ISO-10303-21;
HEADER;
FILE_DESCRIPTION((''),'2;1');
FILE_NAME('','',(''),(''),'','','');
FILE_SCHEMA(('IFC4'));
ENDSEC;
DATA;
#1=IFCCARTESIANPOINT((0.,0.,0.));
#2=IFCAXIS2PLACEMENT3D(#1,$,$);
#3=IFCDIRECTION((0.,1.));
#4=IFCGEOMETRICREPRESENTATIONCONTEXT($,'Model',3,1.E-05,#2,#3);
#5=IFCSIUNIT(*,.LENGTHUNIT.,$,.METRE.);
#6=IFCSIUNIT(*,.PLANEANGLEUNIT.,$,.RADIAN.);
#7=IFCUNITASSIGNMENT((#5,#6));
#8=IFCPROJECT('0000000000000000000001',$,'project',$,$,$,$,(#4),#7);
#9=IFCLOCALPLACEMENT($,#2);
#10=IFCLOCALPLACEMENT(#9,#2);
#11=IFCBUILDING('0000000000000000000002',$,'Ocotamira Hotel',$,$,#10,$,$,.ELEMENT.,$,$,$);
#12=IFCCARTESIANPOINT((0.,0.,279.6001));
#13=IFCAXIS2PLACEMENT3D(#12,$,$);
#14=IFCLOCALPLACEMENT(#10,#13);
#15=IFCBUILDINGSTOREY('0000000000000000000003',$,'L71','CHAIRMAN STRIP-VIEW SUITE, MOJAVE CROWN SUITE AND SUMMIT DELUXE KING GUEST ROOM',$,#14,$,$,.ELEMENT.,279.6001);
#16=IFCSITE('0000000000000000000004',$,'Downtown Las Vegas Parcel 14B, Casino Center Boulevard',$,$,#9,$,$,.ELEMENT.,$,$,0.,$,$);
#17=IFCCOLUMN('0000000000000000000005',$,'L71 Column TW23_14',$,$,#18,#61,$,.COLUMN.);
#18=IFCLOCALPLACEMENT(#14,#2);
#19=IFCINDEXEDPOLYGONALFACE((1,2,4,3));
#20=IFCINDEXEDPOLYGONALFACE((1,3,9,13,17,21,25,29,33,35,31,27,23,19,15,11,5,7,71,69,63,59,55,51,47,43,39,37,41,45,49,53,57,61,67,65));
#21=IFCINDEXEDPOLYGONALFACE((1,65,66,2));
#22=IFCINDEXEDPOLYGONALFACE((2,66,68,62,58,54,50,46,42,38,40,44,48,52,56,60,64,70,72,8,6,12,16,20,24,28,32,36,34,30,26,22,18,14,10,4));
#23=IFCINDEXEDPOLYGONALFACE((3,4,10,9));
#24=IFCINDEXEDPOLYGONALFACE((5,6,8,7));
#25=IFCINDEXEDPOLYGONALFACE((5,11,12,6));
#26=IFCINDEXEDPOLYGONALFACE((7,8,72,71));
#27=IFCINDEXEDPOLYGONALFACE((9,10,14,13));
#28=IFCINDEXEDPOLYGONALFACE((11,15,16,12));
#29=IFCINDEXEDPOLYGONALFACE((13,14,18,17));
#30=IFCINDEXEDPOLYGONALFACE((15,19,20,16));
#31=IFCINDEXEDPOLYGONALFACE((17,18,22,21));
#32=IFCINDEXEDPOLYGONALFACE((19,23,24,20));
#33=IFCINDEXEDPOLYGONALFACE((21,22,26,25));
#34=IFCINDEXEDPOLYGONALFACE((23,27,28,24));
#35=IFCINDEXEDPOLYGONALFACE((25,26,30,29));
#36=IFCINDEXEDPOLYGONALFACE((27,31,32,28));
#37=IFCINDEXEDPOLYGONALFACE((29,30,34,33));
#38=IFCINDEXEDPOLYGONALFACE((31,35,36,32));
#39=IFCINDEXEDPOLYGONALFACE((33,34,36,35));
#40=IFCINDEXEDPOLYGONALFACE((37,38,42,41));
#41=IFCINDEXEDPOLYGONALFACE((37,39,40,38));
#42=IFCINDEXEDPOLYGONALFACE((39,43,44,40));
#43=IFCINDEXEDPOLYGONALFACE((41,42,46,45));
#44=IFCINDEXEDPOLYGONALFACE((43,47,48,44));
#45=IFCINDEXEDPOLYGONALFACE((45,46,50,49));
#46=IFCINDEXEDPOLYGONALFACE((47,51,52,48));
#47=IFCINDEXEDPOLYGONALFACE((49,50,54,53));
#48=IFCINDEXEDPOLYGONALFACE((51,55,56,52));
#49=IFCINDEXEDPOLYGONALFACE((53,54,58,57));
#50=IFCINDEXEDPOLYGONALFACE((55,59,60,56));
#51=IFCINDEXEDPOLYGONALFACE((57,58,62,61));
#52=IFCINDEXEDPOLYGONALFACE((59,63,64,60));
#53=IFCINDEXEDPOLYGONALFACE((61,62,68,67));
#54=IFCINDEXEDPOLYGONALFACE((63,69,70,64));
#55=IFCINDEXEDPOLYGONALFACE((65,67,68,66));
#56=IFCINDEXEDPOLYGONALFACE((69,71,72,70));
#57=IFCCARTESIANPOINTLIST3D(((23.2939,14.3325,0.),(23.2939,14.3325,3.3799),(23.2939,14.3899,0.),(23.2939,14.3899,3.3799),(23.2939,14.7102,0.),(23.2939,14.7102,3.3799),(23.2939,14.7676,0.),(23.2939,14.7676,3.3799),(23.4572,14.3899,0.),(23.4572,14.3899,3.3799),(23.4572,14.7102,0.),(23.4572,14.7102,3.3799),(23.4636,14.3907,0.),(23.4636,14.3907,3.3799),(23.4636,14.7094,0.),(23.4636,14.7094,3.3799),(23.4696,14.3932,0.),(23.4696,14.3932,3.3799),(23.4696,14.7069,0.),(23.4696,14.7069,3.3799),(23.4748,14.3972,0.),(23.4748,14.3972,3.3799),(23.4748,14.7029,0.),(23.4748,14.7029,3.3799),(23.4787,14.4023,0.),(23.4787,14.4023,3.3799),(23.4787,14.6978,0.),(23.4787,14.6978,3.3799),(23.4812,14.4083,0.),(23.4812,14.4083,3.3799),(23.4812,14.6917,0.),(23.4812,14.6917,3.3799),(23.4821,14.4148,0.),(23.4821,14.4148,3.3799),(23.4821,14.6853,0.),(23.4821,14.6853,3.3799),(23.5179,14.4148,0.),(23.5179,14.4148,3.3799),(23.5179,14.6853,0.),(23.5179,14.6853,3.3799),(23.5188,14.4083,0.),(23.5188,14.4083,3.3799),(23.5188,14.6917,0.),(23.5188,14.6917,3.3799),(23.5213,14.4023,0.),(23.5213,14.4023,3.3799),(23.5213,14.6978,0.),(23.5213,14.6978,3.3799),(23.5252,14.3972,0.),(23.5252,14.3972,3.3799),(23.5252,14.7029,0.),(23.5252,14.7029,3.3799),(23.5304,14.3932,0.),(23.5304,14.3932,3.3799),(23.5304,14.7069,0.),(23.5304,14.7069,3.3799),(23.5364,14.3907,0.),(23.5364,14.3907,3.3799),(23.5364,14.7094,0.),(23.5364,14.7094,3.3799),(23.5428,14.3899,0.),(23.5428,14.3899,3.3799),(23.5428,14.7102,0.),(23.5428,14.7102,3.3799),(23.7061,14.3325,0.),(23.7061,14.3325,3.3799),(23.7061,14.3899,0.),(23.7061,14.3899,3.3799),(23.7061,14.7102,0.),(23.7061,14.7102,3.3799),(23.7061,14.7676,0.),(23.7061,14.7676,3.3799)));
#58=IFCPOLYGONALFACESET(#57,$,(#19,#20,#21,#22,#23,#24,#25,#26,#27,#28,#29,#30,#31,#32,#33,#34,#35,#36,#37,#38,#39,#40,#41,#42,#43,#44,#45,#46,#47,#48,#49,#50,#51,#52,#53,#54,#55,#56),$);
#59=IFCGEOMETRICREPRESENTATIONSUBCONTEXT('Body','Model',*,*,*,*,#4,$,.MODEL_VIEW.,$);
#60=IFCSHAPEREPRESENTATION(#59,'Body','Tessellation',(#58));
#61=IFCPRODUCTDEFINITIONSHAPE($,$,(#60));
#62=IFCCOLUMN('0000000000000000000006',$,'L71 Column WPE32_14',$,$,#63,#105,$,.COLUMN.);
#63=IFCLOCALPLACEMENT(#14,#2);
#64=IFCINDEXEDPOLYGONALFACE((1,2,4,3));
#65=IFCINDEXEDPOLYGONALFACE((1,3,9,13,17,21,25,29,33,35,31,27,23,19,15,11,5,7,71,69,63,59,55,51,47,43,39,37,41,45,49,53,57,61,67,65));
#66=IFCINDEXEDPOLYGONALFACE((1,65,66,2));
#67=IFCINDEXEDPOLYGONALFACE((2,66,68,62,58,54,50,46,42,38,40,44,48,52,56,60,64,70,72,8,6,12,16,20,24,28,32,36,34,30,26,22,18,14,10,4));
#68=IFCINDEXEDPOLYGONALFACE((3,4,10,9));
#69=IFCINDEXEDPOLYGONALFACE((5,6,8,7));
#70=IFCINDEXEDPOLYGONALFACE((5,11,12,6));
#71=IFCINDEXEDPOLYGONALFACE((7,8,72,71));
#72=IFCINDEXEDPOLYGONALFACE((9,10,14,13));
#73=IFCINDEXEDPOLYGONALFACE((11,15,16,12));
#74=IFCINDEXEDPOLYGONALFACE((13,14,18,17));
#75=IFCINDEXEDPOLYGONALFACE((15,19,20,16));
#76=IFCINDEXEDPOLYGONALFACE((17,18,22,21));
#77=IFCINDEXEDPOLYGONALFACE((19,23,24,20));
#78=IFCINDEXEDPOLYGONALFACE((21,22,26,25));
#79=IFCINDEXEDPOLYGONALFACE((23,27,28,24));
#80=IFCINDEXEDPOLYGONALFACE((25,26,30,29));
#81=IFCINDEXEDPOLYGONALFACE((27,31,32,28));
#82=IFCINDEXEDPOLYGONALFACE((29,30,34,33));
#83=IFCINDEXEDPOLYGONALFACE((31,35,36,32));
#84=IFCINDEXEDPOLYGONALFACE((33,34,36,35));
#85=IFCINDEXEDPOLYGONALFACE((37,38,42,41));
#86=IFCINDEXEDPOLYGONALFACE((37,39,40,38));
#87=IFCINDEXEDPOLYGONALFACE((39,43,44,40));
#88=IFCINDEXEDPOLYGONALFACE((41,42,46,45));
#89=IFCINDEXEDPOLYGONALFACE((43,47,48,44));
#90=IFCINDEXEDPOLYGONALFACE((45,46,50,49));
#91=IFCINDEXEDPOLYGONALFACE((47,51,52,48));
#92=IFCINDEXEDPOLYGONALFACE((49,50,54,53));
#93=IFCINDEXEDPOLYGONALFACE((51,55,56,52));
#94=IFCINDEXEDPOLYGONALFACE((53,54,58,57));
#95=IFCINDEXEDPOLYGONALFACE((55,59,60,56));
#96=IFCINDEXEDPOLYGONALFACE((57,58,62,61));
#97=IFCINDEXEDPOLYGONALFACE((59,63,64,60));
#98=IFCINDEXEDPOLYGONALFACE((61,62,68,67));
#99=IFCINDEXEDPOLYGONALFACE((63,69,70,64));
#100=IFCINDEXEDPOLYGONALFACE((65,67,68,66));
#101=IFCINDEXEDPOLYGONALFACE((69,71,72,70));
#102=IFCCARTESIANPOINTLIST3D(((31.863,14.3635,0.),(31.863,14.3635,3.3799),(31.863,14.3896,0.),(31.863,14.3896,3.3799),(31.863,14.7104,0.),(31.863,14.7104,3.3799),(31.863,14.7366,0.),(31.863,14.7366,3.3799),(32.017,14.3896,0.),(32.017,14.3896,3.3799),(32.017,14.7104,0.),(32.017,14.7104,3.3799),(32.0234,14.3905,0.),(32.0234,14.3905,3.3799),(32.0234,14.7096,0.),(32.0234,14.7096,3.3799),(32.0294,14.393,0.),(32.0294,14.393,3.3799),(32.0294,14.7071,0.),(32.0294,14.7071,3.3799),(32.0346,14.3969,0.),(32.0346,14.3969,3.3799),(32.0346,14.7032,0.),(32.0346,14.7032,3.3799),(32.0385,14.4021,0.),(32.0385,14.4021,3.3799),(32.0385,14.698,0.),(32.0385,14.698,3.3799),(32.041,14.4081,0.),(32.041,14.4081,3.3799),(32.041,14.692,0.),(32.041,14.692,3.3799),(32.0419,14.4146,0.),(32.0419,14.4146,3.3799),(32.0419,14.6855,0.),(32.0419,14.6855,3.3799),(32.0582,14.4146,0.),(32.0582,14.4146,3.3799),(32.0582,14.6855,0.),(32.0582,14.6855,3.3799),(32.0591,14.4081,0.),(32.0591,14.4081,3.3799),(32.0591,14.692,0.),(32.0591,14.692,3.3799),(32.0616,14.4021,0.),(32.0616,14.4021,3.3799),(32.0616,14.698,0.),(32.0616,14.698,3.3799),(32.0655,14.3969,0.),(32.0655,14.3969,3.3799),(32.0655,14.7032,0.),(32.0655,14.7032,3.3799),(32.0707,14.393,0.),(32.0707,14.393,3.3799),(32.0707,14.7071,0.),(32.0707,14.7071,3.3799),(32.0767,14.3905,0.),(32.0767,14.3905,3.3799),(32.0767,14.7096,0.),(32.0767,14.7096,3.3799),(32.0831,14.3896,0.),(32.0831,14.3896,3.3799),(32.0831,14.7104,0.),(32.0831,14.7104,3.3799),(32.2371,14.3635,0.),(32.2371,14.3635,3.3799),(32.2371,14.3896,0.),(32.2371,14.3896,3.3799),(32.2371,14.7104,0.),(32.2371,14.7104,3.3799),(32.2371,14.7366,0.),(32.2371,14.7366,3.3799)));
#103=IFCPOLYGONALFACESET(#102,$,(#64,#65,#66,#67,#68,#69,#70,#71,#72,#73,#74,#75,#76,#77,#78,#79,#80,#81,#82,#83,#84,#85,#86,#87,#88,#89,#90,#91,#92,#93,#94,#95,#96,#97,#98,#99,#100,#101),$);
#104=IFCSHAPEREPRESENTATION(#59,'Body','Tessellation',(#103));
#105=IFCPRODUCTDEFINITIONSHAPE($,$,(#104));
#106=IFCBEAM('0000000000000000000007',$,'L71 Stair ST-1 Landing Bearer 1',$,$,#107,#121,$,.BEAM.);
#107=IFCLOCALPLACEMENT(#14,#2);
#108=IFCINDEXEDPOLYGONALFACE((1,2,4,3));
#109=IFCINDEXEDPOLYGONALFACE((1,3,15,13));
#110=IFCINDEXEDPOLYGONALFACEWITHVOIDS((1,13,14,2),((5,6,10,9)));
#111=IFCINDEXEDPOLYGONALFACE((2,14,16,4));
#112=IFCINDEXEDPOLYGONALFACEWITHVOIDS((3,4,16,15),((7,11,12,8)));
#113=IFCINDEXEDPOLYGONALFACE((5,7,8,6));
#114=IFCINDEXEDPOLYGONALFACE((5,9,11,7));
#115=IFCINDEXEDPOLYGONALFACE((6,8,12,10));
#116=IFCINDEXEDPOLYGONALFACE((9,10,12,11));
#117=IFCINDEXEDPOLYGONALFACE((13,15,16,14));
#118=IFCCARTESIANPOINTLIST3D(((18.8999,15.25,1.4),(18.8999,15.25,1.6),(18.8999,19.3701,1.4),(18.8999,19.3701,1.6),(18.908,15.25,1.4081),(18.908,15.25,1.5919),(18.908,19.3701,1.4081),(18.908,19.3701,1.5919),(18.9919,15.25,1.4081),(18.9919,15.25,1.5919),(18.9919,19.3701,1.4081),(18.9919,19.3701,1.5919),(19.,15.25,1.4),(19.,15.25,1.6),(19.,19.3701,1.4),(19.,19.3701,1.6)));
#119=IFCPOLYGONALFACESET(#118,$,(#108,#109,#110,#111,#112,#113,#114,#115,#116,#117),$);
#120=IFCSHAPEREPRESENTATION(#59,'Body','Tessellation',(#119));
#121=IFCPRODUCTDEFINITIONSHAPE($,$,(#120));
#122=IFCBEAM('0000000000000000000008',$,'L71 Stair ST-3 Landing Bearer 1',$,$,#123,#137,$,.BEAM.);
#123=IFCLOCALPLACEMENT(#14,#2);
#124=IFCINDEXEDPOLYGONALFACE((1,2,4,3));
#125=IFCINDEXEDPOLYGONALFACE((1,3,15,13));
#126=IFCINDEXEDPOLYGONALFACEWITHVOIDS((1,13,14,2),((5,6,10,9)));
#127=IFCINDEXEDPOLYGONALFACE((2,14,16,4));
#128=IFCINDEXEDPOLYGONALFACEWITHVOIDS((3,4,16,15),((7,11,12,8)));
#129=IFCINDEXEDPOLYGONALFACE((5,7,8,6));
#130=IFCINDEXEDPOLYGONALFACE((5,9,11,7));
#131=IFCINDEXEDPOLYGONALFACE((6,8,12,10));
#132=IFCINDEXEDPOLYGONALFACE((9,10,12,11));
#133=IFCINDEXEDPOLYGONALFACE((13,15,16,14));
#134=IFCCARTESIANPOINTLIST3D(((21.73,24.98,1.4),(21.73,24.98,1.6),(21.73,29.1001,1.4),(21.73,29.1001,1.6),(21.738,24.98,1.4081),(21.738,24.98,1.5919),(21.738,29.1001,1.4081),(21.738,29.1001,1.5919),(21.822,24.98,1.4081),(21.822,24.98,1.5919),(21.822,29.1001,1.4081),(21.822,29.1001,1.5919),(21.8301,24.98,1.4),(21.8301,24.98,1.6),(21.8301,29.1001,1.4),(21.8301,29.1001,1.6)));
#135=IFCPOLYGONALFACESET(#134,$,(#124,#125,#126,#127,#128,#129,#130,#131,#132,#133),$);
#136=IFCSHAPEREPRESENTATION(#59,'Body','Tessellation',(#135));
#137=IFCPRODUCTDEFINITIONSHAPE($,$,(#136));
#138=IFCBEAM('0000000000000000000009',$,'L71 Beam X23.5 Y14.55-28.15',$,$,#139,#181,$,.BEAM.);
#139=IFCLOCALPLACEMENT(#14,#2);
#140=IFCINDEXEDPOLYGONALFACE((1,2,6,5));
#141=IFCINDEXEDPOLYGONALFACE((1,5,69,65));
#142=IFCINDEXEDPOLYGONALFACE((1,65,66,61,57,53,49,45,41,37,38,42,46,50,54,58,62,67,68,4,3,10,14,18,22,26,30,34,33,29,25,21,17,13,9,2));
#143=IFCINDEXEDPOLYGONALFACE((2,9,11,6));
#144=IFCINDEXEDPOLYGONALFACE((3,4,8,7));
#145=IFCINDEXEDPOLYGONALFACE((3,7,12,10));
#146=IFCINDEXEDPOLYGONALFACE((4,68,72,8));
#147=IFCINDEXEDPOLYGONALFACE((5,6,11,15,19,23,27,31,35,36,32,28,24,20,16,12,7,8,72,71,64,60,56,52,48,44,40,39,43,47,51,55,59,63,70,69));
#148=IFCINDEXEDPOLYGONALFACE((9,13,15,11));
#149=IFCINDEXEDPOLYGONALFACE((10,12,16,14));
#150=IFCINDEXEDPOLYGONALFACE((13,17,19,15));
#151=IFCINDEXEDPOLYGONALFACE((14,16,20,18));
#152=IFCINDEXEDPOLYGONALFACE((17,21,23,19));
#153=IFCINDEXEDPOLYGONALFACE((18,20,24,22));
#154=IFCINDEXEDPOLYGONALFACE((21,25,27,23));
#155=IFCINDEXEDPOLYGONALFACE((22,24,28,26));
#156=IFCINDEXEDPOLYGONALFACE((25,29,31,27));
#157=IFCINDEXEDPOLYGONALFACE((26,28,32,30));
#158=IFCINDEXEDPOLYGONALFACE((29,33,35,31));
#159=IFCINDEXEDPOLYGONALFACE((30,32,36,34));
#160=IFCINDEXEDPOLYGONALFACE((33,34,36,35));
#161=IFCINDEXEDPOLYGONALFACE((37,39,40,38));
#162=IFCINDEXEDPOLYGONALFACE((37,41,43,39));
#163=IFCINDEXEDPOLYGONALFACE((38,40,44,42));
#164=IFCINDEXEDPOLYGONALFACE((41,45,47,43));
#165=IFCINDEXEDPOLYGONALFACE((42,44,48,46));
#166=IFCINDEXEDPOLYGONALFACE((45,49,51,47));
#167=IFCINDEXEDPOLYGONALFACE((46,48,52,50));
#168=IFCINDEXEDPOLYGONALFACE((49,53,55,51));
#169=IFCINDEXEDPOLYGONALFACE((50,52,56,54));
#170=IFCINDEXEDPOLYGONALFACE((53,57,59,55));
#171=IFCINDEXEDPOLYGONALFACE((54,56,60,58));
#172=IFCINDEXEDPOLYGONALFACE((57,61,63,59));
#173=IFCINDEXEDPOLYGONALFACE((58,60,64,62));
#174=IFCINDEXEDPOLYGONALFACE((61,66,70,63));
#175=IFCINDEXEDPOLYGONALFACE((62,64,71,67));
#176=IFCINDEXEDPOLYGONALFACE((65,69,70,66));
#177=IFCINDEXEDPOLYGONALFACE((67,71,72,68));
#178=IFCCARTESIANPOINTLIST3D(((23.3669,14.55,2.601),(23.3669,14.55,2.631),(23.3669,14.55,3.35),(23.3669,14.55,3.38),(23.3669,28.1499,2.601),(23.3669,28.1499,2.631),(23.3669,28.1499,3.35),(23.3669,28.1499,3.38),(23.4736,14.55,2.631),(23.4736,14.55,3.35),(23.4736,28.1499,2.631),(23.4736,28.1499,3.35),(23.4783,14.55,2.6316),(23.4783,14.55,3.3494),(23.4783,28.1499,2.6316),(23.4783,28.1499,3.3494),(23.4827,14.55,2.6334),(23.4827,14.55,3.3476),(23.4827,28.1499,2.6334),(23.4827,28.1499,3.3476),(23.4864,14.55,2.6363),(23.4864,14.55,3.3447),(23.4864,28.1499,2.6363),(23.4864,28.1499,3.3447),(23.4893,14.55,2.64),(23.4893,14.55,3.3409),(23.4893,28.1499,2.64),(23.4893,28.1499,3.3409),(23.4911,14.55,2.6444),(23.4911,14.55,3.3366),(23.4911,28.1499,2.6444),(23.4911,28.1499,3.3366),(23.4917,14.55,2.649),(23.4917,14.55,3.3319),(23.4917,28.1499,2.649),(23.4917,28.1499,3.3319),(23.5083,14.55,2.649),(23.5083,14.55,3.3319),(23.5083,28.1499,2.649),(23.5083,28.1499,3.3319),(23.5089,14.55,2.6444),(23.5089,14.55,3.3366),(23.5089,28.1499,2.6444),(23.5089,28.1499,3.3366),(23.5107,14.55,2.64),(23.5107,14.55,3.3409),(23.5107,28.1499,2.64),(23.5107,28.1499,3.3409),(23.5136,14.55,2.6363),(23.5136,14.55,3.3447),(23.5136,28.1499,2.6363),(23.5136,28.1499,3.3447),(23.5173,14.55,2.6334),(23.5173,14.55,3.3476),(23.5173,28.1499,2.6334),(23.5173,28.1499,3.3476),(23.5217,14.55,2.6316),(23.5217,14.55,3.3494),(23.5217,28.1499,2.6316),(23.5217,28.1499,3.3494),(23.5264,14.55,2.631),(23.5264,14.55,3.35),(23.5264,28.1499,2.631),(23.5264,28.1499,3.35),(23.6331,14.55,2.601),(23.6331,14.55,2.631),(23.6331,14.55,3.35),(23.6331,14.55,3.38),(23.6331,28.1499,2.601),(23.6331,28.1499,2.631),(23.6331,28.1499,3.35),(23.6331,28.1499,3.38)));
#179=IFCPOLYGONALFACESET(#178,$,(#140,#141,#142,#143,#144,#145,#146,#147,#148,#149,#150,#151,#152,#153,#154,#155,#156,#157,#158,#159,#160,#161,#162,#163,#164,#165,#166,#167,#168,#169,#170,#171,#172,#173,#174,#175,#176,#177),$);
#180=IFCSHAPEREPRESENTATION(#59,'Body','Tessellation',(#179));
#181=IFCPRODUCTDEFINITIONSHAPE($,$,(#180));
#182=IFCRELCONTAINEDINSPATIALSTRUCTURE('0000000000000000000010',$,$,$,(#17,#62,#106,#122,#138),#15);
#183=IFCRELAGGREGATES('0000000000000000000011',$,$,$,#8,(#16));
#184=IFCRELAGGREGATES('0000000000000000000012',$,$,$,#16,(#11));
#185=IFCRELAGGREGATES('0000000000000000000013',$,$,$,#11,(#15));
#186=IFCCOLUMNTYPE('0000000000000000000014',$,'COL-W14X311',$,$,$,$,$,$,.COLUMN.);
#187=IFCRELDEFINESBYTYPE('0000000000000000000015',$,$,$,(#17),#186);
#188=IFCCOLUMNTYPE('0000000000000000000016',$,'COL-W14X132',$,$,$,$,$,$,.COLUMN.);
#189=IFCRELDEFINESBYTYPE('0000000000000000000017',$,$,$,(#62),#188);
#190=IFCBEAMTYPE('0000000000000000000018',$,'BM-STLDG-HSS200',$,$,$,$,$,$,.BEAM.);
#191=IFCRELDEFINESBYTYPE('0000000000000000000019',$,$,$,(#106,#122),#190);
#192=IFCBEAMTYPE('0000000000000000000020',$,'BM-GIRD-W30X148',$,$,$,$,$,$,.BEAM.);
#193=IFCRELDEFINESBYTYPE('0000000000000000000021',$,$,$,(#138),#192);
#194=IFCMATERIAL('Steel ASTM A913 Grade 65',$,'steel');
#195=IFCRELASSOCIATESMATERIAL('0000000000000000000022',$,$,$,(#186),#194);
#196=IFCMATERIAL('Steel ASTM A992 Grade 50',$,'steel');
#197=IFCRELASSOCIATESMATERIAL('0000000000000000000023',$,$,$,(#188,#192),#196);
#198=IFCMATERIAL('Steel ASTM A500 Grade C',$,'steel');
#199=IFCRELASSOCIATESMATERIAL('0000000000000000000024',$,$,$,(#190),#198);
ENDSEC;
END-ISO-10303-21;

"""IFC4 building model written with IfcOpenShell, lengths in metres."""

from ifc_helpers import new_model, si_unit, direction, frame, origin, origin_2d, place, context, subcontext, project, spatial, hollow_rectangle, i_section, extrude, source, transform, mapped, material, material_profile, profile_set, type_object, element, save


model = new_model("IFC4")

# Units and contexts
model_context = context("Model", 3, precision=1e-05, world=origin(), true_north=direction((0.0, 1.0)))
body_context = subcontext(model_context, "Body", "Model", "MODEL_VIEW")
ifc_project = project(units=[si_unit("LENGTHUNIT", "METRE"), si_unit("PLANEANGLEUNIT", "RADIAN")], contexts=[model_context])

# Site, building, storey
site_placement = place(None, origin())
site = spatial("IfcSite", under=ifc_project, at=site_placement, Name="Downtown Las Vegas Parcel 14B, Casino Center Boulevard", CompositionType="ELEMENT", RefElevation=0.0)
building_placement = place(site_placement, origin())
building = spatial("IfcBuilding", under=site, at=building_placement, Name="Ocotamira Hotel", CompositionType="ELEMENT")
storey_placement = place(building_placement, frame((0.0, 0.0, 279.6001)))
storey = spatial("IfcBuildingStorey", under=building, at=storey_placement, Name="L71", Description="CHAIRMAN STRIP-VIEW SUITE, MOJAVE CROWN SUITE AND SUMMIT DELUXE KING GUEST ROOM", CompositionType="ELEMENT", Elevation=279.6001)

# Columns
ifc_material_1 = material(Name="Steel ASTM A913 Grade 65", Category="steel")
ifc_material_profile_1 = material_profile(ifc_material_1, i_section(OverallWidth=0.4121, OverallDepth=0.4351, WebThickness=0.0359, FlangeThickness=0.0574, FilletRadius=0.0249, at=origin_2d()), Name="W14X311")
ifc_profile_set_1 = profile_set([ifc_material_profile_1], Name="Steel ASTM A913 Grade 65")
column_type_1 = type_object("IfcColumnType", Name="COL-W14X311", PredefinedType="COLUMN", material=ifc_profile_set_1)
shared_shape_1 = source(origin(), body_context, "Body", "SweptSolid", [
    extrude(i_section(OverallWidth=0.4121, OverallDepth=0.4351, WebThickness=0.0359, FlangeThickness=0.0574, FilletRadius=0.0249, at=origin_2d()), origin(), (0.0, 0.0, 1.0), 3.3799),
])
column_1_placement = place(storey_placement, frame((23.5, 14.55, 0.0), z_axis=(0.0, 0.0, 1.0), x_axis=(1.0, 0.0, 0.0)))
element("IfcColumn", 1, at=column_1_placement, inside=storey, type_object=column_type_1, Name="L71 Column TW23_14", PredefinedType="COLUMN", context=body_context, shape_type="MappedRepresentation", body=[
    mapped(shared_shape_1, transform((0.0, 0.0, 0.0), scale=1.0)),
])
ifc_material_2 = material(Name="Steel ASTM A992 Grade 50", Category="steel")
ifc_material_profile_2 = material_profile(ifc_material_2, i_section(OverallWidth=0.374, OverallDepth=0.373, WebThickness=0.0164, FlangeThickness=0.0261, FilletRadius=0.0249, at=origin_2d()), Name="W14X132")
ifc_profile_set_2 = profile_set([ifc_material_profile_2], Name="Steel ASTM A992 Grade 50")
column_type_2 = type_object("IfcColumnType", Name="COL-W14X132", PredefinedType="COLUMN", material=ifc_profile_set_2)
shared_shape_2 = source(origin(), body_context, "Body", "SweptSolid", [
    extrude(i_section(OverallWidth=0.374, OverallDepth=0.373, WebThickness=0.0164, FlangeThickness=0.0261, FilletRadius=0.0249, at=origin_2d()), origin(), (0.0, 0.0, 1.0), 3.3799),
])
column_2_placement = place(storey_placement, frame((32.05, 14.55, 0.0), z_axis=(0.0, 0.0, 1.0), x_axis=(1.0, 0.0, 0.0)))
element("IfcColumn", 2, at=column_2_placement, inside=storey, type_object=column_type_2, Name="L71 Column WPE32_14", PredefinedType="COLUMN", context=body_context, shape_type="MappedRepresentation", body=[
    mapped(shared_shape_2, transform((0.0, 0.0, 0.0), scale=1.0)),
])

# Beams
ifc_material_3 = material(Name="Steel ASTM A500 Grade C", Category="steel")
ifc_material_profile_3 = material_profile(ifc_material_3, hollow_rectangle(XDim=0.1001, YDim=0.2, WallThickness=0.0081, at=origin_2d()), Name="HSS200X100X8")
ifc_profile_set_3 = profile_set([ifc_material_profile_3], Name="Steel ASTM A500 Grade C")
beam_type_1 = type_object("IfcBeamType", Name="BM-STLDG-HSS200", PredefinedType="BEAM", material=ifc_profile_set_3)
shared_shape_3 = source(origin(), body_context, "Body", "SweptSolid", [
    extrude(hollow_rectangle(XDim=0.1001, YDim=0.2, WallThickness=0.0081, at=origin_2d()), origin(), (0.0, 0.0, 1.0), 4.1201),
])
for number, where, z_axis, x_axis, name in (
    (3, (18.95, 15.25, 1.5), (0.0, 1.0, 0.0), (-1.0, 0.0, 0.0), "L71 Stair ST-1 Landing Bearer 1"),
    (4, (21.78, 24.98, 1.5), (0.0, 1.0, 0.0), (-1.0, 0.0, 0.0), "L71 Stair ST-3 Landing Bearer 1"),
):
    element("IfcBeam", number, at=place(storey_placement, frame(where, z_axis=z_axis, x_axis=x_axis)), inside=storey, type_object=beam_type_1, Name=name, PredefinedType="BEAM", context=body_context, shape_type="MappedRepresentation", body=[
        mapped(shared_shape_3, transform((0.0, 0.0, 0.0), scale=1.0)),
    ])
ifc_material_profile_4 = material_profile(ifc_material_2, i_section(OverallWidth=0.2661, OverallDepth=0.7791, WebThickness=0.0166, FlangeThickness=0.03, FilletRadius=0.0181, at=origin_2d()), Name="W30X148")
ifc_profile_set_4 = profile_set([ifc_material_profile_4], Name="Steel ASTM A992 Grade 50")
beam_type_2 = type_object("IfcBeamType", Name="BM-GIRD-W30X148", PredefinedType="BEAM", material=ifc_profile_set_4)
shared_shape_4 = source(origin(), body_context, "Body", "SweptSolid", [
    extrude(i_section(OverallWidth=0.2661, OverallDepth=0.7791, WebThickness=0.0166, FlangeThickness=0.03, FilletRadius=0.0181, at=origin_2d()), origin(), (0.0, 0.0, 1.0), 13.5999),
])
for number, where, z_axis, x_axis, name in (
    (5, (23.5, 14.55, 2.9905), (0.0, 1.0, 0.0), (-1.0, 0.0, 0.0), "L71 Beam X23.5 Y14.55-28.15"),
):
    element("IfcBeam", number, at=place(storey_placement, frame(where, z_axis=z_axis, x_axis=x_axis)), inside=storey, type_object=beam_type_2, Name=name, PredefinedType="BEAM", context=body_context, shape_type="MappedRepresentation", body=[
        mapped(shared_shape_4, transform((0.0, 0.0, 0.0), scale=1.0)),
    ])

save(model, "model.ifc")
